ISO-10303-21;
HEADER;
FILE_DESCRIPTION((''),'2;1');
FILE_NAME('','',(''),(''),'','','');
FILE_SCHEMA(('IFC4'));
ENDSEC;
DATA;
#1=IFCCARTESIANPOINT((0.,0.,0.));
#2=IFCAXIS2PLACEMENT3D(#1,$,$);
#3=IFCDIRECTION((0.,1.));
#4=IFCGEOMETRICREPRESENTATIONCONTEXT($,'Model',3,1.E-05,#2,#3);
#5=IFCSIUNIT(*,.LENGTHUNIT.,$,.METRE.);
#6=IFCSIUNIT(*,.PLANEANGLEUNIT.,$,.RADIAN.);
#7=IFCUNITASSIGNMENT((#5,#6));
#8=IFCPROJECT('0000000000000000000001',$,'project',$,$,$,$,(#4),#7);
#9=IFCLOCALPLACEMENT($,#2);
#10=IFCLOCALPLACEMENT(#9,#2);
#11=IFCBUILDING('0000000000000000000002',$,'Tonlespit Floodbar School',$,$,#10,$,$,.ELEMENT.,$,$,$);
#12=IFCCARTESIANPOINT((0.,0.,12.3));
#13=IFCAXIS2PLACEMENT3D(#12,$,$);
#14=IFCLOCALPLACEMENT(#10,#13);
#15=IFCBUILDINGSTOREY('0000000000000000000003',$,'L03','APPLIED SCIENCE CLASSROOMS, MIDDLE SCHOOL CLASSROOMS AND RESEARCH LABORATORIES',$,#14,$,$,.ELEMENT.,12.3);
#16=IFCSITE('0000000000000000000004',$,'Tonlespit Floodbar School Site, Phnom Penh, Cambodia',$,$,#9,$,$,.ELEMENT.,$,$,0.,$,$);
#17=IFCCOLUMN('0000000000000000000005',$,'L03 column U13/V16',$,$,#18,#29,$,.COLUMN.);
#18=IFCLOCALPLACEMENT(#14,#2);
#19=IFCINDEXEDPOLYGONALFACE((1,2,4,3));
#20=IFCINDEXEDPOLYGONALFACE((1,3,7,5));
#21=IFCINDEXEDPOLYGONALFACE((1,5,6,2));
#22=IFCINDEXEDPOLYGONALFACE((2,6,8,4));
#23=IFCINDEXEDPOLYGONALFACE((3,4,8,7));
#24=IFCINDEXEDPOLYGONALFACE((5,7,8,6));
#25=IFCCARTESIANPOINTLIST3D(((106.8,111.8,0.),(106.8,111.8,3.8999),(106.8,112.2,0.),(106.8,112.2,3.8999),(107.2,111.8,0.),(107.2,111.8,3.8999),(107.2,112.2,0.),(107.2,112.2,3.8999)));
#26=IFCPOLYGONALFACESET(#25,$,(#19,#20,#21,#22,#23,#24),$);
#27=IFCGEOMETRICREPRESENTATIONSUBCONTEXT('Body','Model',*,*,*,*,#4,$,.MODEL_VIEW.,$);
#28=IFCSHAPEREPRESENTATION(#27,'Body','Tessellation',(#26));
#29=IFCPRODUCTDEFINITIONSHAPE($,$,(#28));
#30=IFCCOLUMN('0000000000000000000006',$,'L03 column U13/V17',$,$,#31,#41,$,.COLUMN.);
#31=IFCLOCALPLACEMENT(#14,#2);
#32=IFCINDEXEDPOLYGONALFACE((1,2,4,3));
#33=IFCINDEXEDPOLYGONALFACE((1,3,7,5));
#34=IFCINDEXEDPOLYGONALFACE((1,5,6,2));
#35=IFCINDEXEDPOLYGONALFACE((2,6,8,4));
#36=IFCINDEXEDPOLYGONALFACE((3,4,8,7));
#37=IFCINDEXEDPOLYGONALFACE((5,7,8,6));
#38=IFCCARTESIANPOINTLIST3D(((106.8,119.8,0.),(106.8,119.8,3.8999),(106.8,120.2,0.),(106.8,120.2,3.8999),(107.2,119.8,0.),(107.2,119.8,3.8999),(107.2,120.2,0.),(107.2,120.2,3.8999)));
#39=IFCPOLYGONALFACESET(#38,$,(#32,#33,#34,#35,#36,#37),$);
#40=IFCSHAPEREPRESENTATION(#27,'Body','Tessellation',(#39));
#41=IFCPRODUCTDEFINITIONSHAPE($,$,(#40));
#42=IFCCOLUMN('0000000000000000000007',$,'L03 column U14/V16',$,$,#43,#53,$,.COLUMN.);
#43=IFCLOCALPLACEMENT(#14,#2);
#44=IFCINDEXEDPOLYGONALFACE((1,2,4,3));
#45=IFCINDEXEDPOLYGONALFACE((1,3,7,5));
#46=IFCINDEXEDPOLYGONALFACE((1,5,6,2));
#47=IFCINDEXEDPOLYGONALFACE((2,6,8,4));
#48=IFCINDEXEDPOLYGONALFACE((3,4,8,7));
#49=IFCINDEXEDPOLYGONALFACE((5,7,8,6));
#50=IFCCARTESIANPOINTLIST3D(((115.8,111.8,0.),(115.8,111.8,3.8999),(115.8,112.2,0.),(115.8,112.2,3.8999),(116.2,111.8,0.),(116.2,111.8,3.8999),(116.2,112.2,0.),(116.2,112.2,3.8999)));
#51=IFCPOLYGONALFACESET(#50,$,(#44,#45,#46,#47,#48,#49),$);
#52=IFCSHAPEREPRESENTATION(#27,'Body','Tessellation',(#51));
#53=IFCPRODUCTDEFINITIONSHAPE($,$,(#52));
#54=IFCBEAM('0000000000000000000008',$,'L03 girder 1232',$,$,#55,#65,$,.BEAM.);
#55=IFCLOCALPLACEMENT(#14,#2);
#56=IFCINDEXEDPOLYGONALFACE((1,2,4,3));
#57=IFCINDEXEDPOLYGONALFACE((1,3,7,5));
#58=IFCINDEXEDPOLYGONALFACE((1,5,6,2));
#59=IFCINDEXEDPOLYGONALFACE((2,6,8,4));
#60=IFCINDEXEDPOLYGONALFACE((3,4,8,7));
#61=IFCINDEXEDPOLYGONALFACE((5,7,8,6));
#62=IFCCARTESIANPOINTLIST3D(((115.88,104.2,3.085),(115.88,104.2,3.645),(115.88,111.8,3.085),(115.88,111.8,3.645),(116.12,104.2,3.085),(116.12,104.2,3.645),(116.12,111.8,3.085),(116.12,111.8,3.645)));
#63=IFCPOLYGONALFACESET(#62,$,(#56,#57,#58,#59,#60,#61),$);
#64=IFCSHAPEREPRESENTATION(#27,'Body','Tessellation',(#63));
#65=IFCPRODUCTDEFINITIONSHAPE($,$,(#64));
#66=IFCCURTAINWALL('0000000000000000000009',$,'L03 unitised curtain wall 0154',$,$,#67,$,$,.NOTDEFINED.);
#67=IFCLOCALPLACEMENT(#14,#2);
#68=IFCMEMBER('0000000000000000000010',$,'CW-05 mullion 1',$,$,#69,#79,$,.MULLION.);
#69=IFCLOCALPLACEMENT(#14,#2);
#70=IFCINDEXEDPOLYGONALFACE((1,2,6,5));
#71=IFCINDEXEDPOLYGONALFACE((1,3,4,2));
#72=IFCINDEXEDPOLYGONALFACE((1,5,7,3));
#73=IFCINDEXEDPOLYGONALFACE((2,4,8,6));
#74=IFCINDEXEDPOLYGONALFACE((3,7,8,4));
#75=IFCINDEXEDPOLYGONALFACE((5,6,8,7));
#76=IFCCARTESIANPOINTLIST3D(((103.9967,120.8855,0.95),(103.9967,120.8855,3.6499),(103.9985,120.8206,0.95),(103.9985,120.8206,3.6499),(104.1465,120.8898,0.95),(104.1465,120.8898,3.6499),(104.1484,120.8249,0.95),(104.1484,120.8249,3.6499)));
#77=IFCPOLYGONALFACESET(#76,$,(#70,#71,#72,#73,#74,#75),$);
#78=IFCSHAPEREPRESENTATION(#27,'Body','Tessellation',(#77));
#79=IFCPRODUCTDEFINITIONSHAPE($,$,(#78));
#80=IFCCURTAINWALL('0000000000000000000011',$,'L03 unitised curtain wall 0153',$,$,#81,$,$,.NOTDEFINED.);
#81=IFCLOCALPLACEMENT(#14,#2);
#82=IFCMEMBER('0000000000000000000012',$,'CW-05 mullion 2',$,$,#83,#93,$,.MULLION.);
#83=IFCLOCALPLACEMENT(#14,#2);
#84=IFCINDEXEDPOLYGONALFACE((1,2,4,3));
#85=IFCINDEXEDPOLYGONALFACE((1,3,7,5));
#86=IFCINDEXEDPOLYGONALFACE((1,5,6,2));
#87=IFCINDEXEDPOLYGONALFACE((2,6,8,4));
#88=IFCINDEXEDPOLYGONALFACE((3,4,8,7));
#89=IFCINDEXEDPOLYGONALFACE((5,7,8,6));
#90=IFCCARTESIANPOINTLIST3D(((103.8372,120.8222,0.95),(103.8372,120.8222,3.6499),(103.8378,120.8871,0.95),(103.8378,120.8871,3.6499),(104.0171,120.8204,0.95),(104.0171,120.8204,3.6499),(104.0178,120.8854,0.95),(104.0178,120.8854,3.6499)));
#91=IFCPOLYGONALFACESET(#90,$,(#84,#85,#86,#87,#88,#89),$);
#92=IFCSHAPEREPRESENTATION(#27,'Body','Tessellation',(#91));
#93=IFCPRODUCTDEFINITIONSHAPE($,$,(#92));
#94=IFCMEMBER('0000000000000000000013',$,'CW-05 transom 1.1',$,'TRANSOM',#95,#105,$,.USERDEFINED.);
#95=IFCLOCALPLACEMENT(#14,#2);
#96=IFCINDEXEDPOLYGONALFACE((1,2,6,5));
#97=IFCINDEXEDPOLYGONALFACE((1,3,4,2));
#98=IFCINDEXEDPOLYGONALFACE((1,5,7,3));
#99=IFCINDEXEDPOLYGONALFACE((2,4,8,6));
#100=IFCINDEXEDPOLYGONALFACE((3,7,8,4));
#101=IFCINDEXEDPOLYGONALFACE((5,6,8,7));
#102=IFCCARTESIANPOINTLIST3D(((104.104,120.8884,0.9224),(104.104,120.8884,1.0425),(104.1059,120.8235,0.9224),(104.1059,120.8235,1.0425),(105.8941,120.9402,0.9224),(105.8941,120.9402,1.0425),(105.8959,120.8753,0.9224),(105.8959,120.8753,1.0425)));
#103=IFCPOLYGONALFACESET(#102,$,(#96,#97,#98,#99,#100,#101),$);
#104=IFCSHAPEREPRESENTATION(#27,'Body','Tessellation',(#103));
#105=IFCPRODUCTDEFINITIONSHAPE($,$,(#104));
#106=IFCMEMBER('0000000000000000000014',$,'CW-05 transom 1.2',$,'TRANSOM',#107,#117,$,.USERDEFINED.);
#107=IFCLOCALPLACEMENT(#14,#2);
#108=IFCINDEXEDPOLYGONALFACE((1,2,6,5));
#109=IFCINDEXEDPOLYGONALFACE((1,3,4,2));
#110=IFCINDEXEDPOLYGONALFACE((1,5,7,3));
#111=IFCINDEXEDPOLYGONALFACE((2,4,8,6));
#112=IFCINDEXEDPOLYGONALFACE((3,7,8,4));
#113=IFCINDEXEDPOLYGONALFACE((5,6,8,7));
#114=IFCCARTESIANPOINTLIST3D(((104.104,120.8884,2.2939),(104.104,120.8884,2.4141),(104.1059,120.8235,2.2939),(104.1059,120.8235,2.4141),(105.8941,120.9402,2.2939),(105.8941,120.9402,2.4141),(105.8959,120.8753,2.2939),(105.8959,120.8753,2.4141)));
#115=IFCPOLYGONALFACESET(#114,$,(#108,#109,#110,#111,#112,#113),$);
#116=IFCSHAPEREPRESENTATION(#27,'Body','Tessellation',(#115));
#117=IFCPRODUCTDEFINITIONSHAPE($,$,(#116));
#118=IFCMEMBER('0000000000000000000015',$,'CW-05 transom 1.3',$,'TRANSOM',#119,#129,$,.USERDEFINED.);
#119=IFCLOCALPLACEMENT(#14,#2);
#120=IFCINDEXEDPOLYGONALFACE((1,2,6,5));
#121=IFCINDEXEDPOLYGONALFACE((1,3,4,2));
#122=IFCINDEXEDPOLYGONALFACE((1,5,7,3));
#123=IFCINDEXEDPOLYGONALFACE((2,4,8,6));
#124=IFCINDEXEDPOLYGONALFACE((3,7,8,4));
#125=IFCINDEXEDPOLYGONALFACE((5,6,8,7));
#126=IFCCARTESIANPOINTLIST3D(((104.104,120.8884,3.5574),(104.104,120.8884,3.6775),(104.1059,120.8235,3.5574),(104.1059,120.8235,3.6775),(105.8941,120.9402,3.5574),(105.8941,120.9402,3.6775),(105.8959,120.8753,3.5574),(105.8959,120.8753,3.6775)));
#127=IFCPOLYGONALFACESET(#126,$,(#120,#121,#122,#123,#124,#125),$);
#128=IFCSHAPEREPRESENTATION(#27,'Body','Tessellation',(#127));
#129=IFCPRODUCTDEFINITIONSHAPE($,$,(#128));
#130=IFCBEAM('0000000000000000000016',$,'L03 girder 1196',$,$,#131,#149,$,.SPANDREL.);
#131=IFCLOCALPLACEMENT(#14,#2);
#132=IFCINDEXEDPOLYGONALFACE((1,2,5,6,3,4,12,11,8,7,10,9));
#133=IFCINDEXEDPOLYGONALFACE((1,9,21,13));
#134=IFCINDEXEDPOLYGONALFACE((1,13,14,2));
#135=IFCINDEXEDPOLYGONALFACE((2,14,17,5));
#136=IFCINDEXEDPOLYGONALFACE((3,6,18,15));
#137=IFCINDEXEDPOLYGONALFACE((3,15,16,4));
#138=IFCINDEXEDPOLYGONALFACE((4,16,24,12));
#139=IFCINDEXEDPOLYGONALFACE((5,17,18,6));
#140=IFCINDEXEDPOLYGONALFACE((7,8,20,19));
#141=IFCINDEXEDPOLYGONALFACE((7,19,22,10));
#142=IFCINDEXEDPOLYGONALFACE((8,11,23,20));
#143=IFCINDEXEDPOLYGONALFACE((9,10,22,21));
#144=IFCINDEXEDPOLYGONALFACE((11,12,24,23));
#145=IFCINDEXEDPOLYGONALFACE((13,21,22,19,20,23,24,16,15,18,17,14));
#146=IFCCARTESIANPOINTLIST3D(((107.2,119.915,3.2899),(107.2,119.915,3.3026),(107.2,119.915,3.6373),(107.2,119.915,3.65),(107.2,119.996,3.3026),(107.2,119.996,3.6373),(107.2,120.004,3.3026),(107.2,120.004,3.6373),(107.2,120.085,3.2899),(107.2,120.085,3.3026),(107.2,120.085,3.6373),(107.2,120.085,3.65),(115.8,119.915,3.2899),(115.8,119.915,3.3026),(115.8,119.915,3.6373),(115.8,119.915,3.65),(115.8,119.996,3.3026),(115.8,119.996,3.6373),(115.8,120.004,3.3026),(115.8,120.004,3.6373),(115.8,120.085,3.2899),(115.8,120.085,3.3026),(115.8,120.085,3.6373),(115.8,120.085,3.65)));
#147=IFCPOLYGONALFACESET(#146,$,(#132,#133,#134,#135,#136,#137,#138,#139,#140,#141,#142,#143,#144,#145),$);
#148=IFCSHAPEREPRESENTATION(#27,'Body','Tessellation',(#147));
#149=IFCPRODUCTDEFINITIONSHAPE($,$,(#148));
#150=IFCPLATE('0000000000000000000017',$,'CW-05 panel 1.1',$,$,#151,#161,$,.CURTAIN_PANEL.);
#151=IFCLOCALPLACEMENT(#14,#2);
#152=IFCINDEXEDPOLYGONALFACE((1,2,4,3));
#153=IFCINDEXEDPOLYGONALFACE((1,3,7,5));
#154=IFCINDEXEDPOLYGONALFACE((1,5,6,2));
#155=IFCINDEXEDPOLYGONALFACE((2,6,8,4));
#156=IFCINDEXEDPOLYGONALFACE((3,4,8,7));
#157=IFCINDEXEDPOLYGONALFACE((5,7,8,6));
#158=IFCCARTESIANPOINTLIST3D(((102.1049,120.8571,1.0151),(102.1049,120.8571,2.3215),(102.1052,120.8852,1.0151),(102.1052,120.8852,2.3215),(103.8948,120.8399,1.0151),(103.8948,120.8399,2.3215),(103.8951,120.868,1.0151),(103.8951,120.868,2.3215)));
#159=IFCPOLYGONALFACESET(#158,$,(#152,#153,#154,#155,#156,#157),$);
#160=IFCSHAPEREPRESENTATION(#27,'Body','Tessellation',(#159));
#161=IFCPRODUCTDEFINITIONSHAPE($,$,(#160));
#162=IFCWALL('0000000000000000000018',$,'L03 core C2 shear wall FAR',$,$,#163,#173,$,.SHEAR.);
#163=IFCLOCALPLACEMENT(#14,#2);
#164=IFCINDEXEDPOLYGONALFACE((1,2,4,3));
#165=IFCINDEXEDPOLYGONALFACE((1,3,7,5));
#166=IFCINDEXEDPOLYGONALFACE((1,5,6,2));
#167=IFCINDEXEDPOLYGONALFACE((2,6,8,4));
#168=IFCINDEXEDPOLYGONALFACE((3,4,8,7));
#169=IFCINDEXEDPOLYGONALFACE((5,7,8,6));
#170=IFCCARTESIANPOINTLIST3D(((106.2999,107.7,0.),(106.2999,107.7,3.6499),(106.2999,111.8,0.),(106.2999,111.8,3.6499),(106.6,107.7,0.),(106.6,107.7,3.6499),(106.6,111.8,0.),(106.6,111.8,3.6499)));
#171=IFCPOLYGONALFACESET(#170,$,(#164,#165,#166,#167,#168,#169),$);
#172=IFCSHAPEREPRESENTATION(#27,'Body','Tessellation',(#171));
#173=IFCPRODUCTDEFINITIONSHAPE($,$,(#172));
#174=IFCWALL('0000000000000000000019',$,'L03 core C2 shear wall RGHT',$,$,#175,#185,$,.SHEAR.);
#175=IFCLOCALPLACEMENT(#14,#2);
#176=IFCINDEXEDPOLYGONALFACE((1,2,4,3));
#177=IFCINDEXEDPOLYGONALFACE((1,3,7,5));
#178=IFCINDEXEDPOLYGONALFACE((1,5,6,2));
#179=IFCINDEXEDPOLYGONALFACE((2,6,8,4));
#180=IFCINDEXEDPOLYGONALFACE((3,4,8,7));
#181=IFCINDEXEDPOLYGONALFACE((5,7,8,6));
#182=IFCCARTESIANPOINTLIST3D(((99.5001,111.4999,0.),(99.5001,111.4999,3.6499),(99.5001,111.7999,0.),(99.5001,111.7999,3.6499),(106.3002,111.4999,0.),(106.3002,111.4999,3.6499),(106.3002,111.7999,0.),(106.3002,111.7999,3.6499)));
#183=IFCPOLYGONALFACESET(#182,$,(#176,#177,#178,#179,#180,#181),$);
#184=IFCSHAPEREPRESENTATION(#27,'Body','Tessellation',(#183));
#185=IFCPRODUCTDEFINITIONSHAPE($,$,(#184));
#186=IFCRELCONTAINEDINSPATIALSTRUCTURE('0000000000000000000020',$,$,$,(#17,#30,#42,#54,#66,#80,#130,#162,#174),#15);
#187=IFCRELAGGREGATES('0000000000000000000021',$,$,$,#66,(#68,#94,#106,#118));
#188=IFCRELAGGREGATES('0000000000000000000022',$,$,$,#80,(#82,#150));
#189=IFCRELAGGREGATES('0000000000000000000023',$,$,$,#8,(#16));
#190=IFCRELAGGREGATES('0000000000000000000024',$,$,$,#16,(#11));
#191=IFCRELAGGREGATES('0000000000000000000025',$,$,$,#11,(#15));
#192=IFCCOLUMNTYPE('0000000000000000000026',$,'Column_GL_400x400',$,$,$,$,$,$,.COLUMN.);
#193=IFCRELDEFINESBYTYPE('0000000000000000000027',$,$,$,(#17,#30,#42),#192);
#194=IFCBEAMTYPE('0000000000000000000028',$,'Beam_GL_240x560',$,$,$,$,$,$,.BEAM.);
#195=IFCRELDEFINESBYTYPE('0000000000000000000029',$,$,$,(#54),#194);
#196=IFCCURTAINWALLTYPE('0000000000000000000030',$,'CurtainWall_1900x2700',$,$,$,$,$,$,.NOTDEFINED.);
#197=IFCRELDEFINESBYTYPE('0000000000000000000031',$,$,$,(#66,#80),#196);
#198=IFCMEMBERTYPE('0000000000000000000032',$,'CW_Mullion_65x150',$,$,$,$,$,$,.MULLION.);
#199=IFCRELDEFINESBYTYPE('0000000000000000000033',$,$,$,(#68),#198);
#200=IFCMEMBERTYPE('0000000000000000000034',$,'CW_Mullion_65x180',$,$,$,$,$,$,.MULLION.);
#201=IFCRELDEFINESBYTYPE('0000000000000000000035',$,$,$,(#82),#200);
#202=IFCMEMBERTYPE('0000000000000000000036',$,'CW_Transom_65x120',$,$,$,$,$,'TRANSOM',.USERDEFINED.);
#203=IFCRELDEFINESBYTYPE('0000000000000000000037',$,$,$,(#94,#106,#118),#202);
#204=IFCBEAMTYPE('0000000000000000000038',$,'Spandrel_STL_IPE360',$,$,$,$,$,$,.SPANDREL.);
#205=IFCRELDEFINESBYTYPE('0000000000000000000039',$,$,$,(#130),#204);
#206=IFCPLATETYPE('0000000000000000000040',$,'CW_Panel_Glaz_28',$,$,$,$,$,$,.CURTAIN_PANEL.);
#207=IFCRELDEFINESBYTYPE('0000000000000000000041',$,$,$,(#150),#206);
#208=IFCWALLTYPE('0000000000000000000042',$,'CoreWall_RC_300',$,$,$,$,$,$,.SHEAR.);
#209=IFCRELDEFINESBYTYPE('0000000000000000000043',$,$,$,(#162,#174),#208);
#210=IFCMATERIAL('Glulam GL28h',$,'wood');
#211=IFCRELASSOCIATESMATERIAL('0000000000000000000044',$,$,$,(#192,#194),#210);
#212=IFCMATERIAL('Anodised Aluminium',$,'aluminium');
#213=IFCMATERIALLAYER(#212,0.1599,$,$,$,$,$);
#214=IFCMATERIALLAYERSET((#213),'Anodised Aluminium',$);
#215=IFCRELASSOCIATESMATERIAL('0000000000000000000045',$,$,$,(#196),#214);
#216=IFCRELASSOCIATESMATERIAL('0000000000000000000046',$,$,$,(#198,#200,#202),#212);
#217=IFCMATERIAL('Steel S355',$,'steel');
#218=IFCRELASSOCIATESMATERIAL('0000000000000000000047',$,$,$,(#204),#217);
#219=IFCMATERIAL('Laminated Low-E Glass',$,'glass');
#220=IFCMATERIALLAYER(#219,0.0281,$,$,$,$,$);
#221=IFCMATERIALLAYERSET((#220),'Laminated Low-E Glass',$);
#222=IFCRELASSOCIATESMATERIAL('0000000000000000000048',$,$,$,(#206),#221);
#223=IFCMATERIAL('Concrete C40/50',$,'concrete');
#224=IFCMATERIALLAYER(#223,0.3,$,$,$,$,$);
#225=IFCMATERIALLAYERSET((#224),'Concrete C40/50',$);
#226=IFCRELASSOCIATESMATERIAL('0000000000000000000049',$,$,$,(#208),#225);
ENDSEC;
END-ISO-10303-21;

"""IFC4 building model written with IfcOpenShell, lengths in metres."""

from ifc_helpers import new_model, si_unit, direction, frame, frame_2d, origin, origin_2d, place, context, subcontext, project, spatial, rectangle, i_section, extrude, material, layer, layer_set, material_profile, profile_set, type_object, element, aggregate, save


model = new_model("IFC4")

# Units and contexts
model_context = context("Model", 3, precision=1e-05, world=origin(), true_north=direction((0.0, 1.0)))
body_context = subcontext(model_context, "Body", "Model", "MODEL_VIEW")
ifc_project = project(units=[si_unit("LENGTHUNIT", "METRE"), si_unit("PLANEANGLEUNIT", "RADIAN")], contexts=[model_context])

# Site, building, storey
site_placement = place(None, origin())
site = spatial("IfcSite", under=ifc_project, at=site_placement, Name="Tonlespit Floodbar School Site, Phnom Penh, Cambodia", CompositionType="ELEMENT", RefElevation=0.0)
building_placement = place(site_placement, origin())
building = spatial("IfcBuilding", under=site, at=building_placement, Name="Tonlespit Floodbar School", CompositionType="ELEMENT")
storey_placement = place(building_placement, frame((0.0, 0.0, 12.3)))
storey = spatial("IfcBuildingStorey", under=building, at=storey_placement, Name="L03", Description="APPLIED SCIENCE CLASSROOMS, MIDDLE SCHOOL CLASSROOMS AND RESEARCH LABORATORIES", CompositionType="ELEMENT", Elevation=12.3)

# Columns
ifc_material_1 = material(Name="Glulam GL28h", Category="wood")
ifc_material_profile_1 = material_profile(ifc_material_1, rectangle(XDim=0.3999, YDim=0.3999, at=origin_2d()), Name="GL 400x400")
ifc_profile_set_1 = profile_set([ifc_material_profile_1], Name="Glulam GL28h")
column_type = type_object("IfcColumnType", Name="Column_GL_400x400", PredefinedType="COLUMN", material=ifc_profile_set_1)
for number, where, z_axis, x_axis, name in (
    (1, (107.0, 112.0, 0.0), (0.0, 0.0, 1.0), (1.0, 0.0, 0.0), "L03 column U13/V16"),
    (2, (107.0, 120.0, 0.0), (0.0, 0.0, 1.0), (1.0, 0.0, 0.0), "L03 column U13/V17"),
    (3, (116.0, 112.0, 0.0), (0.0, 0.0, 1.0), (1.0, 0.0, 0.0), "L03 column U14/V16"),
):
    element("IfcColumn", number, at=place(storey_placement, frame(where, z_axis=z_axis, x_axis=x_axis)), inside=storey, type_object=column_type, Name=name, PredefinedType="COLUMN", context=body_context, shape_type="SweptSolid", body=[
        extrude(rectangle(XDim=0.3999, YDim=0.3999, at=origin_2d()), origin(), (0.0, 0.0, 1.0), 3.8999),
    ])

# Beam
ifc_material_profile_2 = material_profile(ifc_material_1, rectangle(XDim=0.24, YDim=0.5601, at=origin_2d()), Name="GL 240x560")
ifc_profile_set_2 = profile_set([ifc_material_profile_2], Name="Glulam GL28h")
beam_type_1 = type_object("IfcBeamType", Name="Beam_GL_240x560", PredefinedType="BEAM", material=ifc_profile_set_2)
beam_1_placement = place(storey_placement, frame((116.0, 104.2, 3.365), z_axis=(0.0, 1.0, 0.0), x_axis=(-1.0, 0.0, 0.0)))
element("IfcBeam", 4, at=beam_1_placement, inside=storey, type_object=beam_type_1, Name="L03 girder 1232", PredefinedType="BEAM", context=body_context, shape_type="SweptSolid", body=[
    extrude(rectangle(XDim=0.24, YDim=0.5601, at=origin_2d()), origin(), (0.0, 0.0, 1.0), 7.6001),
])

# Curtain walls, members
ifc_material_2 = material(Name="Anodised Aluminium", Category="aluminium")
ifc_layer_1 = layer(ifc_material_2, 0.1599)
ifc_layer_set_1 = layer_set([ifc_layer_1], Name="Anodised Aluminium")
curtain_wall_type = type_object("IfcCurtainWallType", Name="CurtainWall_1900x2700", PredefinedType="NOTDEFINED", material=ifc_layer_set_1)
curtain_wall_1_placement = place(storey_placement, origin())
curtain_wall_1 = element("IfcCurtainWall", 5, at=curtain_wall_1_placement, inside=storey, type_object=curtain_wall_type, Name="L03 unitised curtain wall 0154", PredefinedType="NOTDEFINED")
ifc_material_profile_3 = material_profile(ifc_material_2, rectangle(XDim=0.0649, YDim=0.1499, at=origin_2d()), Name="ALU M65x150")
ifc_profile_set_3 = profile_set([ifc_material_profile_3], Name="Anodised Aluminium")
member_type_1 = type_object("IfcMemberType", Name="CW_Mullion_65x150", PredefinedType="MULLION", material=ifc_profile_set_3)
member_1_placement = place(storey_placement, frame((104.0725, 120.8552, 0.95), z_axis=(0.0, 0.0, 1.0), x_axis=(-0.02879, 0.999585, 0.0)))
member_1 = element("IfcMember", 6, at=member_1_placement, type_object=member_type_1, Name="CW-05 mullion 1", PredefinedType="MULLION", context=body_context, shape_type="SweptSolid", body=[
    extrude(rectangle(XDim=0.0649, YDim=0.1499, at=origin_2d()), origin(), (0.0, 0.0, 1.0), 2.7),
])
curtain_wall_2_placement = place(storey_placement, origin())
curtain_wall_2 = element("IfcCurtainWall", 7, at=curtain_wall_2_placement, inside=storey, type_object=curtain_wall_type, Name="L03 unitised curtain wall 0153", PredefinedType="NOTDEFINED")
ifc_material_profile_4 = material_profile(ifc_material_2, rectangle(XDim=0.0649, YDim=0.1799, at=origin_2d()), Name="ALU M65x180")
ifc_profile_set_4 = profile_set([ifc_material_profile_4], Name="Anodised Aluminium")
member_type_2 = type_object("IfcMemberType", Name="CW_Mullion_65x180", PredefinedType="MULLION", material=ifc_profile_set_4)
member_2_placement = place(storey_placement, frame((103.9275, 120.8538, 0.95), z_axis=(0.0, 0.0, 1.0), x_axis=(0.009583, 0.999954, 0.0)))
member_2 = element("IfcMember", 8, at=member_2_placement, type_object=member_type_2, Name="CW-05 mullion 2", PredefinedType="MULLION", context=body_context, shape_type="SweptSolid", body=[
    extrude(rectangle(XDim=0.0649, YDim=0.1799, at=origin_2d()), origin(), (0.0, 0.0, 1.0), 2.7),
])

# Members
ifc_material_profile_5 = material_profile(ifc_material_2, rectangle(XDim=0.0649, YDim=0.1201, at=origin_2d()), Name="ALU T65x120")
ifc_profile_set_5 = profile_set([ifc_material_profile_5], Name="Anodised Aluminium")
member_type_3 = type_object("IfcMemberType", Name="CW_Transom_65x120", ElementType="TRANSOM", PredefinedType="USERDEFINED", material=ifc_profile_set_5)
member_3_placement = place(storey_placement, frame((104.105, 120.856, 0.9824), z_axis=(0.999582, 0.028902, 0.0), x_axis=(-0.028902, 0.999582, 0.0)))
member_3 = element("IfcMember", 9, at=member_3_placement, type_object=member_type_3, Name="CW-05 transom 1.1", ObjectType="TRANSOM", PredefinedType="USERDEFINED", context=body_context, shape_type="SweptSolid", body=[
    extrude(rectangle(XDim=0.0649, YDim=0.1201, at=origin_2d()), origin(), (0.0, 0.0, 1.0), 1.7908),
])
member_4_placement = place(storey_placement, frame((104.105, 120.856, 2.354), z_axis=(0.999582, 0.028902, 0.0), x_axis=(-0.028902, 0.999582, 0.0)))
member_4 = element("IfcMember", 10, at=member_4_placement, type_object=member_type_3, Name="CW-05 transom 1.2", ObjectType="TRANSOM", PredefinedType="USERDEFINED", context=body_context, shape_type="SweptSolid", body=[
    extrude(rectangle(XDim=0.0649, YDim=0.1201, at=origin_2d()), origin(), (0.0, 0.0, 1.0), 1.7908),
])
member_5_placement = place(storey_placement, frame((104.105, 120.856, 3.6174), z_axis=(0.999582, 0.028902, 0.0), x_axis=(-0.028902, 0.999582, 0.0)))
member_5 = element("IfcMember", 11, at=member_5_placement, type_object=member_type_3, Name="CW-05 transom 1.3", ObjectType="TRANSOM", PredefinedType="USERDEFINED", context=body_context, shape_type="SweptSolid", body=[
    extrude(rectangle(XDim=0.0649, YDim=0.1201, at=origin_2d()), origin(), (0.0, 0.0, 1.0), 1.7908),
])
aggregate(curtain_wall_1, [member_1, member_3, member_4, member_5])

# Beam
ifc_material_3 = material(Name="Steel S355", Category="steel")
ifc_material_profile_6 = material_profile(ifc_material_3, i_section(OverallWidth=0.1699, OverallDepth=0.3601, WebThickness=0.0081, FlangeThickness=0.0127, at=origin_2d()), Name="IPE 360")
ifc_profile_set_6 = profile_set([ifc_material_profile_6], Name="Steel S355")
beam_type_2 = type_object("IfcBeamType", Name="Spandrel_STL_IPE360", PredefinedType="SPANDREL", material=ifc_profile_set_6)
beam_2_placement = place(storey_placement, frame((107.2, 120.0, 3.47), z_axis=(1.0, 0.0, 0.0), x_axis=(0.0, 1.0, 0.0)))
element("IfcBeam", 12, at=beam_2_placement, inside=storey, type_object=beam_type_2, Name="L03 girder 1196", PredefinedType="SPANDREL", context=body_context, shape_type="SweptSolid", body=[
    extrude(i_section(OverallWidth=0.1699, OverallDepth=0.3601, WebThickness=0.0081, FlangeThickness=0.0127, at=origin_2d()), origin(), (0.0, 0.0, 1.0), 8.6001),
])

# Plate
ifc_material_4 = material(Name="Laminated Low-E Glass", Category="glass")
ifc_layer_2 = layer(ifc_material_4, 0.0281)
ifc_layer_set_2 = layer_set([ifc_layer_2], Name="Laminated Low-E Glass")
plate_type = type_object("IfcPlateType", Name="CW_Panel_Glaz_28", PredefinedType="CURTAIN_PANEL", material=ifc_layer_set_2)
plate_placement = place(storey_placement, frame((103.0, 120.8625, 1.0151), z_axis=(0.0, 0.0, 1.0), x_axis=(0.999954, -0.009583, 0.0)))
plate = element("IfcPlate", 13, at=plate_placement, type_object=plate_type, Name="CW-05 panel 1.1", PredefinedType="CURTAIN_PANEL", context=body_context, shape_type="SweptSolid", body=[
    extrude(rectangle(XDim=1.79, YDim=0.0281, at=origin_2d()), origin(), (0.0, 0.0, 1.0), 1.3064),
])
aggregate(curtain_wall_2, [member_2, plate])

# Walls
ifc_material_5 = material(Name="Concrete C40/50", Category="concrete")
ifc_layer_3 = layer(ifc_material_5, 0.3)
ifc_layer_set_3 = layer_set([ifc_layer_3], Name="Concrete C40/50")
wall_type_1 = type_object("IfcWallType", Name="CoreWall_RC_300", PredefinedType="SHEAR", material=ifc_layer_set_3)
wall_1_placement = place(storey_placement, frame((106.45, 111.8, 0.0), z_axis=(0.0, 0.0, 1.0), x_axis=(0.0, -1.0, 0.0)))
element("IfcWall", 14, at=wall_1_placement, inside=storey, type_object=wall_type_1, Name="L03 core C2 shear wall FAR", PredefinedType="SHEAR", context=body_context, shape_type="SweptSolid", body=[
    extrude(rectangle(XDim=4.1001, YDim=0.3, at=frame_2d((2.05, 0.0))), origin(), (0.0, 0.0, 1.0), 3.6499),
])
wall_2_placement = place(storey_placement, frame((106.3, 111.6499, 0.0), z_axis=(0.0, 0.0, 1.0), x_axis=(-1.0, 0.0, 0.0)))
element("IfcWall", 15, at=wall_2_placement, inside=storey, type_object=wall_type_1, Name="L03 core C2 shear wall RGHT", PredefinedType="SHEAR", context=body_context, shape_type="SweptSolid", body=[
    extrude(rectangle(XDim=6.8, YDim=0.3, at=frame_2d((3.3999, 0.0))), origin(), (0.0, 0.0, 1.0), 3.6499),
])

save(model, "model.ifc")
